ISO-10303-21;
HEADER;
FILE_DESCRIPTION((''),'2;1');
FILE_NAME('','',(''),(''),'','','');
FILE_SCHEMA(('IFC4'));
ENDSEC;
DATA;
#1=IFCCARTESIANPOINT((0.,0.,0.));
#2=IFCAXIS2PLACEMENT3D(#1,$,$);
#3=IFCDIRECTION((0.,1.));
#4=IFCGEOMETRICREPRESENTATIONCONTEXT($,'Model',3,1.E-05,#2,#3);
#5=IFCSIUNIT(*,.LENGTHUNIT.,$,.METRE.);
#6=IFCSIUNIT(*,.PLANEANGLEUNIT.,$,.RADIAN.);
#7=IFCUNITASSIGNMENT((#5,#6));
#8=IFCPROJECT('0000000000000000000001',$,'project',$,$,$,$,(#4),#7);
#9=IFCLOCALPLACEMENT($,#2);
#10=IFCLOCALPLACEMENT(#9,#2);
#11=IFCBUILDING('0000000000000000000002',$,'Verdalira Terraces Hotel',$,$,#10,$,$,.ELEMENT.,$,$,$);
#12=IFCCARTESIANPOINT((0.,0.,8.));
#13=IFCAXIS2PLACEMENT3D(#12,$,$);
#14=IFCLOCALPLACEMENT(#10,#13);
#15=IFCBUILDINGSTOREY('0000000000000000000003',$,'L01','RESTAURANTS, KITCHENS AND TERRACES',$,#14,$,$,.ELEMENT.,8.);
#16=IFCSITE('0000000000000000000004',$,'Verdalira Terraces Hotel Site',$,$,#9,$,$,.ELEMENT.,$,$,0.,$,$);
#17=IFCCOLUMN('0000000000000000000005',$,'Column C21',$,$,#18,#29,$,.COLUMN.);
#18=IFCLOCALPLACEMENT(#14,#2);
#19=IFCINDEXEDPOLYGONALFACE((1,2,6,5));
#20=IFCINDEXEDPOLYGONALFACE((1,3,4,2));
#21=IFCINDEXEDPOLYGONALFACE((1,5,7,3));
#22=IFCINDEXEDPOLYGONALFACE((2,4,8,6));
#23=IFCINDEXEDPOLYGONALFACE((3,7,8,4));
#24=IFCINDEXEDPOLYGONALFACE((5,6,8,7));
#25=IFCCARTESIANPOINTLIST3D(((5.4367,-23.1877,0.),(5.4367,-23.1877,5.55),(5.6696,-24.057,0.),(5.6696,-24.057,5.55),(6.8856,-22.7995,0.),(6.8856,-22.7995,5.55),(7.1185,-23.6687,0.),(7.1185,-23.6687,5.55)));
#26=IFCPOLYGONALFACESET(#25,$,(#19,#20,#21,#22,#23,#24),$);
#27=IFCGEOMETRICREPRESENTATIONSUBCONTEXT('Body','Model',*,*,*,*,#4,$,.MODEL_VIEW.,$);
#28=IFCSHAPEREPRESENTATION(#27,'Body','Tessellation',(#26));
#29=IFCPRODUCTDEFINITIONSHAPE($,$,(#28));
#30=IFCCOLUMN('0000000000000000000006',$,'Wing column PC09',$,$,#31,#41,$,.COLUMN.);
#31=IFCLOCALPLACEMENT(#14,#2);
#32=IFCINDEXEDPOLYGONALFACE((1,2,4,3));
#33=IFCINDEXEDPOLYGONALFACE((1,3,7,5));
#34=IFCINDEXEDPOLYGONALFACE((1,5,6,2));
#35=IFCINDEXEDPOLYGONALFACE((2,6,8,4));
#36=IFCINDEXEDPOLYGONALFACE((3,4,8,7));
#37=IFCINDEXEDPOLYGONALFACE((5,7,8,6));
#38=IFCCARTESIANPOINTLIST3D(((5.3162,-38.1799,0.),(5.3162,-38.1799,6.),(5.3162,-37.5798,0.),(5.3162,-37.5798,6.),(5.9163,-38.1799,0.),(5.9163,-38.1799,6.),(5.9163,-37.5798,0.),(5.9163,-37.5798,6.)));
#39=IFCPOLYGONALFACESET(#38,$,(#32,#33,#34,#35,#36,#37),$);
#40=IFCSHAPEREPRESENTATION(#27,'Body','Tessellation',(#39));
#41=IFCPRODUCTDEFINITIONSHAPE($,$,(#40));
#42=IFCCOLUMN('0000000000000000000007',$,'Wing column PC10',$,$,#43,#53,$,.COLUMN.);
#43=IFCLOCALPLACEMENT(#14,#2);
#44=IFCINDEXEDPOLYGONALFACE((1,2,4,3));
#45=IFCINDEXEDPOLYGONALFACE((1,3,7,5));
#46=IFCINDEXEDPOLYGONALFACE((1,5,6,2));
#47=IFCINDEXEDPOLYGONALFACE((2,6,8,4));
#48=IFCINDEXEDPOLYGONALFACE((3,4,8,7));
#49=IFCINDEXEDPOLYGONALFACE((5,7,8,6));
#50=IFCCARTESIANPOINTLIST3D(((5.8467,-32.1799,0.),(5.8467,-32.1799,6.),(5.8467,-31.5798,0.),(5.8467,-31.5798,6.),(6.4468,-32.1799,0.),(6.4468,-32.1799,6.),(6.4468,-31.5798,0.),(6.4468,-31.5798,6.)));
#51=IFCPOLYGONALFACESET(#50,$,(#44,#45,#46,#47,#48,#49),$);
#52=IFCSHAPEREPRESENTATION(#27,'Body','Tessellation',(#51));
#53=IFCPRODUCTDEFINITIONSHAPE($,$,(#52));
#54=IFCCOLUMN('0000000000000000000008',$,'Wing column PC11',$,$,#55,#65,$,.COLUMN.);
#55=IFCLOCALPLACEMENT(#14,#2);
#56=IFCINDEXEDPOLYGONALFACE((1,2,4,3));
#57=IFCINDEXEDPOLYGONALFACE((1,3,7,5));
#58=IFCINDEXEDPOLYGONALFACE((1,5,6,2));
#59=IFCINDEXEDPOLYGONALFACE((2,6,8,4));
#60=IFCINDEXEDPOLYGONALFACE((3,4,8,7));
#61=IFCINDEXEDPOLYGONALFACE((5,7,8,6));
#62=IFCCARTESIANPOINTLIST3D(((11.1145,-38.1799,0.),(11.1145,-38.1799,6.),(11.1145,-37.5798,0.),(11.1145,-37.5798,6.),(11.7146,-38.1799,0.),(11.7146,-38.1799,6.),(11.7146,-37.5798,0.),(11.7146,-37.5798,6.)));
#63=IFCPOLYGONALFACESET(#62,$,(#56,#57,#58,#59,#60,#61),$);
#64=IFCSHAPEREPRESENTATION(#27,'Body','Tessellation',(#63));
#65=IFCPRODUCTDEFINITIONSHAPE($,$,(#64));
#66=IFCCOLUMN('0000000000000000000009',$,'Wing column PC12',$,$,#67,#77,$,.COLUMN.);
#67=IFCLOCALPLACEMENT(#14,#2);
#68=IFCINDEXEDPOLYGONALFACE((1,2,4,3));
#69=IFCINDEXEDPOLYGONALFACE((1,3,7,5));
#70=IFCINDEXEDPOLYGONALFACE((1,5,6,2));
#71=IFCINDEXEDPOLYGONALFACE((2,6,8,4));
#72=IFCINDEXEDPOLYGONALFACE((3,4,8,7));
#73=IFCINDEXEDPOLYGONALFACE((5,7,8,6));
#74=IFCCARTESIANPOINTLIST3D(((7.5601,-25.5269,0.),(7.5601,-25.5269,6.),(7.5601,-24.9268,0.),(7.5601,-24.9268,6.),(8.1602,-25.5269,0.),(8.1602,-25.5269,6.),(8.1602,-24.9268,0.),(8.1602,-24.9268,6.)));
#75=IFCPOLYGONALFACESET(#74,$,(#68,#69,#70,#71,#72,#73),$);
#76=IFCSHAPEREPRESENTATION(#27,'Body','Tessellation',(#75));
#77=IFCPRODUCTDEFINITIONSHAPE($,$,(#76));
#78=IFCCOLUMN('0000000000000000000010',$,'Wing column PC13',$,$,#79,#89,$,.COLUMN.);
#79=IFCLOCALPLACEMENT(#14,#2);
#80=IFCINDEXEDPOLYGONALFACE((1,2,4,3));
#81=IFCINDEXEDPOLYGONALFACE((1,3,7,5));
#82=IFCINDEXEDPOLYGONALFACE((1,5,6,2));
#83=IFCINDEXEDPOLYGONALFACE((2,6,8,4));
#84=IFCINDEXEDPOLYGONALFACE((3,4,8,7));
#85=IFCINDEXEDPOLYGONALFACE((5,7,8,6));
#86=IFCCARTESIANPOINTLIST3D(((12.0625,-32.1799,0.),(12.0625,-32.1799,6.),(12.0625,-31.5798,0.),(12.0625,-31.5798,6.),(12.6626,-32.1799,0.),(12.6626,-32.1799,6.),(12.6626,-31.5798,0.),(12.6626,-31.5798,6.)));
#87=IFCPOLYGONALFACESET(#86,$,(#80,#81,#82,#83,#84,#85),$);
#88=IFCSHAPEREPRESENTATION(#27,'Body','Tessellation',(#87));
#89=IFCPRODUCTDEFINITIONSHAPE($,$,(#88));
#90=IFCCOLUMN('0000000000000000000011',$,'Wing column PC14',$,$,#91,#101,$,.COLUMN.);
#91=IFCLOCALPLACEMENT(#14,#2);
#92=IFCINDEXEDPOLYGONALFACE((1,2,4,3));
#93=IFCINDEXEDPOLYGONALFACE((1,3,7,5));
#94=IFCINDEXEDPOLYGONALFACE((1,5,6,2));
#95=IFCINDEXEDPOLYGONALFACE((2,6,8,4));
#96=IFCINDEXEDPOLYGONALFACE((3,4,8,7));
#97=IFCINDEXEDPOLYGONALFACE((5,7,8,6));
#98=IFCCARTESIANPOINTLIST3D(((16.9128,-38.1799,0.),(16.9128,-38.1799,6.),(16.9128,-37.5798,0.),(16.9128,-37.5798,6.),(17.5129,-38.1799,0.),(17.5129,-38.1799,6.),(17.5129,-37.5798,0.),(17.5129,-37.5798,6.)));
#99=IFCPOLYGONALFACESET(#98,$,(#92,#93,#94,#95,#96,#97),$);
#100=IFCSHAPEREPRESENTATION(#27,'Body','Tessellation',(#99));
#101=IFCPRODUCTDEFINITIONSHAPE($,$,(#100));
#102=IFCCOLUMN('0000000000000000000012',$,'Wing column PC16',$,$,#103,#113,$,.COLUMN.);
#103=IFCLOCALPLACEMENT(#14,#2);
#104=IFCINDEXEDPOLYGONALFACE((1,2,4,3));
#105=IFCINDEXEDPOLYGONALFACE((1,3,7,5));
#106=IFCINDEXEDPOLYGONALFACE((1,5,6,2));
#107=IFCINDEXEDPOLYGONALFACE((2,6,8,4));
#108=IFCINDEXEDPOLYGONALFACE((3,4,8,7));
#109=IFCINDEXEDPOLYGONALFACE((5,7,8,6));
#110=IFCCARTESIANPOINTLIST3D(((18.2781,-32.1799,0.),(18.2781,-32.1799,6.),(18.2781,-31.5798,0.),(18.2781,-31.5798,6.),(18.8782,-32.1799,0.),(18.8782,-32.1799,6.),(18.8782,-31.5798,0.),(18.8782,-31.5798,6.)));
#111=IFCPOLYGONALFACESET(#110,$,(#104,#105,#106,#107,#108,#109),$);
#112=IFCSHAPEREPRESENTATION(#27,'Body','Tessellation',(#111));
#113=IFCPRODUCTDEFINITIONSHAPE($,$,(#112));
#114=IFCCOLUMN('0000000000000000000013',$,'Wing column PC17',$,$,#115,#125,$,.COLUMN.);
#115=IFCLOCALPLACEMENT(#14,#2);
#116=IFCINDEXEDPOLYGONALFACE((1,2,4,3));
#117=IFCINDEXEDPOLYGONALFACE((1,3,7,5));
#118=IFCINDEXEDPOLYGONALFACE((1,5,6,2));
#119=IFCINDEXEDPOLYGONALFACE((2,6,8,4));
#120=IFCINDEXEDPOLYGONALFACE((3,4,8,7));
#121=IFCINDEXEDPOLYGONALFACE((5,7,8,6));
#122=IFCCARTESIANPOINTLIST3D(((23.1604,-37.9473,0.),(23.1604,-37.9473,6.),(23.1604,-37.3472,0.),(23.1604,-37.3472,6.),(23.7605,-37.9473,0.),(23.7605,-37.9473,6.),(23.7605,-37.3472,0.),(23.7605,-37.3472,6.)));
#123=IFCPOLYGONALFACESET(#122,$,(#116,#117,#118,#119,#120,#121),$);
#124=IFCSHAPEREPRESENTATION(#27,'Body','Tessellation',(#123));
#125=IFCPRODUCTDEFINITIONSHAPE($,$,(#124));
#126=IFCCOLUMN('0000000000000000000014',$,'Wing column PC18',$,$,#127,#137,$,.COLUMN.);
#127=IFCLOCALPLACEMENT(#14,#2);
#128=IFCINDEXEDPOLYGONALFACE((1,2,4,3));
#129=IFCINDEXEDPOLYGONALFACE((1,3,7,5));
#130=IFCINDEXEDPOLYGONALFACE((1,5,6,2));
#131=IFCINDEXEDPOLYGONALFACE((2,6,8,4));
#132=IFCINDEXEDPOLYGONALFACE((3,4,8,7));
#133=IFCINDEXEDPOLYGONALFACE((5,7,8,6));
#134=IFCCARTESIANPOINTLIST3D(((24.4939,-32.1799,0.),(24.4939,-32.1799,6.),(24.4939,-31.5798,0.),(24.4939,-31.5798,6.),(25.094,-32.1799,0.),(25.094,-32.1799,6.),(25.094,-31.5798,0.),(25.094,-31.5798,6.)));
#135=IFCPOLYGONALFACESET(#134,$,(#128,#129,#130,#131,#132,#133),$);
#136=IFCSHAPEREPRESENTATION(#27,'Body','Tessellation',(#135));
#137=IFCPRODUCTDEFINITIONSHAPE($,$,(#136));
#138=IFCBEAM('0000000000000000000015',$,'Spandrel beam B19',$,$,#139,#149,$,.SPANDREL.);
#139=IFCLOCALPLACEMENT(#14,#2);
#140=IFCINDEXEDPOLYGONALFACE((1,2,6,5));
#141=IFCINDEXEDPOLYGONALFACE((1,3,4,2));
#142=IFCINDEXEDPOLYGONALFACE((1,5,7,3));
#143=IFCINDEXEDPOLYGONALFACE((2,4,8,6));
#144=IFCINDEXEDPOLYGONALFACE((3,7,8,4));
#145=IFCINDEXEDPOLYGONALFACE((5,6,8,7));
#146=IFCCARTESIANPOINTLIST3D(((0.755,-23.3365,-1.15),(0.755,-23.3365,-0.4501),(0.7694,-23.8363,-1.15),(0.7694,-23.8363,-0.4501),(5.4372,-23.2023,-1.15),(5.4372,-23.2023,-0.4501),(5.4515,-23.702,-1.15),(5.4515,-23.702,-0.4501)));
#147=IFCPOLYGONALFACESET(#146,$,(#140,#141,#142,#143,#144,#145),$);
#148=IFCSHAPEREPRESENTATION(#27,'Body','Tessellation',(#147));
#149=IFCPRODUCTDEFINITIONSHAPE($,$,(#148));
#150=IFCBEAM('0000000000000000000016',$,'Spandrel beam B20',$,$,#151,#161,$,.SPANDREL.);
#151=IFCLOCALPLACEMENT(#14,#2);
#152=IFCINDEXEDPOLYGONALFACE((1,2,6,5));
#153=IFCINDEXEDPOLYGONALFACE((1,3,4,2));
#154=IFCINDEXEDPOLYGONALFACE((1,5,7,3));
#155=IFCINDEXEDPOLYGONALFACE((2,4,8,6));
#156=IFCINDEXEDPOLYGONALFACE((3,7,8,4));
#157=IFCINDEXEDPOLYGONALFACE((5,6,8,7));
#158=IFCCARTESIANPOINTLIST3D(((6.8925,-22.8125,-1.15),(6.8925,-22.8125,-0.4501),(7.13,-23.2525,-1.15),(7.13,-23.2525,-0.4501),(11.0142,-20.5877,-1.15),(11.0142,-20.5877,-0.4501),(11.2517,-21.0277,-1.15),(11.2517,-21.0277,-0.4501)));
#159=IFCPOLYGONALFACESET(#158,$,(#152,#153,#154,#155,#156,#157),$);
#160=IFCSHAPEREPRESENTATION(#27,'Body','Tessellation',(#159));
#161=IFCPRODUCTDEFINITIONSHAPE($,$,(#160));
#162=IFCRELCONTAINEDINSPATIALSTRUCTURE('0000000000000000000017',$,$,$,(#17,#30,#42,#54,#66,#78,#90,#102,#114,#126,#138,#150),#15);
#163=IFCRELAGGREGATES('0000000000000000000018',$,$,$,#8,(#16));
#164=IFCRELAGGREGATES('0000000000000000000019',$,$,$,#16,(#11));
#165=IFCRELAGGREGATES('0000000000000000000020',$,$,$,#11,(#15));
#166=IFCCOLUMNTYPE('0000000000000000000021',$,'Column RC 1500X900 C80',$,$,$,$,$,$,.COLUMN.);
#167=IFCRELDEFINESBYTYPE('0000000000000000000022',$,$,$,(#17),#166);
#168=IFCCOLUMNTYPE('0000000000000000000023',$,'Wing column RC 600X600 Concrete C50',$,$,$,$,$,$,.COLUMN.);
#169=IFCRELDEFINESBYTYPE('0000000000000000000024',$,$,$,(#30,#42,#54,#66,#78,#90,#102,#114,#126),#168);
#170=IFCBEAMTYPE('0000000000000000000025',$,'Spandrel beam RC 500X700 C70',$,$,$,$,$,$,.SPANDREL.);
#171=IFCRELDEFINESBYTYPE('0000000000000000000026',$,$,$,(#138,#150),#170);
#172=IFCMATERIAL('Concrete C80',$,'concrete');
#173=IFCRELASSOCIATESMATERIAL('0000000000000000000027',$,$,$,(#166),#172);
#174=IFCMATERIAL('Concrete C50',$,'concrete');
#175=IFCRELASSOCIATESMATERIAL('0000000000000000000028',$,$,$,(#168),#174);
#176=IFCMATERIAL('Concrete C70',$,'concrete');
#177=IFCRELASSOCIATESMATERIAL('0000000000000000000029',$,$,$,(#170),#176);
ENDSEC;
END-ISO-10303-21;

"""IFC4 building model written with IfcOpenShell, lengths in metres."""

from ifc_helpers import new_model, si_unit, direction, frame, origin, origin_2d, place, context, subcontext, project, spatial, rectangle, extrude, material, material_profile, profile_set, type_object, element, save


model = new_model("IFC4")

# Units and contexts
model_context = context("Model", 3, precision=1e-05, world=origin(), true_north=direction((0.0, 1.0)))
body_context = subcontext(model_context, "Body", "Model", "MODEL_VIEW")
ifc_project = project(units=[si_unit("LENGTHUNIT", "METRE"), si_unit("PLANEANGLEUNIT", "RADIAN")], contexts=[model_context])

# Site, building, storey
site_placement = place(None, origin())
site = spatial("IfcSite", under=ifc_project, at=site_placement, Name="Verdalira Terraces Hotel Site", CompositionType="ELEMENT", RefElevation=0.0)
building_placement = place(site_placement, origin())
building = spatial("IfcBuilding", under=site, at=building_placement, Name="Verdalira Terraces Hotel", CompositionType="ELEMENT")
storey_placement = place(building_placement, frame((0.0, 0.0, 8.0)))
storey = spatial("IfcBuildingStorey", under=building, at=storey_placement, Name="L01", Description="RESTAURANTS, KITCHENS AND TERRACES", CompositionType="ELEMENT", Elevation=8.0)

# Columns
ifc_material_1 = material(Name="Concrete C80", Category="concrete")
ifc_material_profile_1 = material_profile(ifc_material_1, rectangle(XDim=1.5, YDim=0.8999, at=origin_2d()), Name="RC 1500X900")
ifc_profile_set_1 = profile_set([ifc_material_profile_1], Name="Concrete C80")
column_type_1 = type_object("IfcColumnType", Name="Column RC 1500X900 C80", PredefinedType="COLUMN", material=ifc_profile_set_1)
column_placement = place(storey_placement, frame((6.2776, -23.4282, 0.0), z_axis=(0.0, 0.0, 1.0), x_axis=(-0.965926, -0.258819, 0.0)))
element("IfcColumn", 1, at=column_placement, inside=storey, type_object=column_type_1, Name="Column C21", PredefinedType="COLUMN", context=body_context, shape_type="SweptSolid", body=[
    extrude(rectangle(XDim=1.5, YDim=0.8999, at=origin_2d()), origin(), (0.0, 0.0, 1.0), 5.55),
])
ifc_material_2 = material(Name="Concrete C50", Category="concrete")
ifc_material_profile_2 = material_profile(ifc_material_2, rectangle(XDim=0.6001, YDim=0.6001, at=origin_2d()), Name="RC 600X600")
ifc_profile_set_2 = profile_set([ifc_material_profile_2], Name="Concrete C50")
column_type_2 = type_object("IfcColumnType", Name="Wing column RC 600X600 Concrete C50", PredefinedType="COLUMN", material=ifc_profile_set_2)
for number, where, z_axis, x_axis, name in (
    (2, (5.6162, -37.8799, 0.0), (0.0, 0.0, 1.0), (0.0, -1.0, 0.0), "Wing column PC09"),
    (3, (6.1467, -31.8799, 0.0), (0.0, 0.0, 1.0), (0.0, -1.0, 0.0), "Wing column PC10"),
    (4, (11.4146, -37.8799, 0.0), (0.0, 0.0, 1.0), (0.0, -1.0, 0.0), "Wing column PC11"),
    (5, (7.8601, -25.2268, 0.0), (0.0, 0.0, 1.0), (0.0, -1.0, 0.0), "Wing column PC12"),
    (6, (12.3625, -31.8799, 0.0), (0.0, 0.0, 1.0), (0.0, -1.0, 0.0), "Wing column PC13"),
    (7, (17.2129, -37.8799, 0.0), (0.0, 0.0, 1.0), (0.0, -1.0, 0.0), "Wing column PC14"),
    (8, (18.5781, -31.8799, 0.0), (0.0, 0.0, 1.0), (0.0, -1.0, 0.0), "Wing column PC16"),
    (9, (23.4604, -37.6472, 0.0), (0.0, 0.0, 1.0), (0.0, -1.0, 0.0), "Wing column PC17"),
    (10, (24.7939, -31.8799, 0.0), (0.0, 0.0, 1.0), (0.0, -1.0, 0.0), "Wing column PC18"),
):
    element("IfcColumn", number, at=place(storey_placement, frame(where, z_axis=z_axis, x_axis=x_axis)), inside=storey, type_object=column_type_2, Name=name, PredefinedType="COLUMN", context=body_context, shape_type="SweptSolid", body=[
        extrude(rectangle(XDim=0.6001, YDim=0.6001, at=origin_2d()), origin(), (0.0, 0.0, 1.0), 6.0),
    ])

# Beams
ifc_material_3 = material(Name="Concrete C70", Category="concrete")
ifc_material_profile_3 = material_profile(ifc_material_3, rectangle(XDim=0.5, YDim=0.7, at=origin_2d()), Name="RC 500X700")
ifc_profile_set_3 = profile_set([ifc_material_profile_3], Name="Concrete C70")
beam_type = type_object("IfcBeamType", Name="Spandrel beam RC 500X700 C70", PredefinedType="SPANDREL", material=ifc_profile_set_3)
beam_1_placement = place(storey_placement, frame((0.7622, -23.5864, -0.8), z_axis=(0.999589, 0.028667, 0.0), x_axis=(-0.028667, 0.999589, 0.0)))
element("IfcBeam", 11, at=beam_1_placement, inside=storey, type_object=beam_type, Name="Spandrel beam B19", PredefinedType="SPANDREL", context=body_context, shape_type="SweptSolid", body=[
    extrude(rectangle(XDim=0.5, YDim=0.7, at=origin_2d()), origin(), (0.0, 0.0, 1.0), 4.6841),
])
beam_2_placement = place(storey_placement, frame((7.0112, -23.0325, -0.8), z_axis=(0.879989, 0.474995, 0.0), x_axis=(-0.474995, 0.879989, 0.0)))
element("IfcBeam", 12, at=beam_2_placement, inside=storey, type_object=beam_type, Name="Spandrel beam B20", PredefinedType="SPANDREL", context=body_context, shape_type="SweptSolid", body=[
    extrude(rectangle(XDim=0.5, YDim=0.7, at=origin_2d()), origin(), (0.0, 0.0, 1.0), 4.6838),
])

save(model, "model.ifc")
